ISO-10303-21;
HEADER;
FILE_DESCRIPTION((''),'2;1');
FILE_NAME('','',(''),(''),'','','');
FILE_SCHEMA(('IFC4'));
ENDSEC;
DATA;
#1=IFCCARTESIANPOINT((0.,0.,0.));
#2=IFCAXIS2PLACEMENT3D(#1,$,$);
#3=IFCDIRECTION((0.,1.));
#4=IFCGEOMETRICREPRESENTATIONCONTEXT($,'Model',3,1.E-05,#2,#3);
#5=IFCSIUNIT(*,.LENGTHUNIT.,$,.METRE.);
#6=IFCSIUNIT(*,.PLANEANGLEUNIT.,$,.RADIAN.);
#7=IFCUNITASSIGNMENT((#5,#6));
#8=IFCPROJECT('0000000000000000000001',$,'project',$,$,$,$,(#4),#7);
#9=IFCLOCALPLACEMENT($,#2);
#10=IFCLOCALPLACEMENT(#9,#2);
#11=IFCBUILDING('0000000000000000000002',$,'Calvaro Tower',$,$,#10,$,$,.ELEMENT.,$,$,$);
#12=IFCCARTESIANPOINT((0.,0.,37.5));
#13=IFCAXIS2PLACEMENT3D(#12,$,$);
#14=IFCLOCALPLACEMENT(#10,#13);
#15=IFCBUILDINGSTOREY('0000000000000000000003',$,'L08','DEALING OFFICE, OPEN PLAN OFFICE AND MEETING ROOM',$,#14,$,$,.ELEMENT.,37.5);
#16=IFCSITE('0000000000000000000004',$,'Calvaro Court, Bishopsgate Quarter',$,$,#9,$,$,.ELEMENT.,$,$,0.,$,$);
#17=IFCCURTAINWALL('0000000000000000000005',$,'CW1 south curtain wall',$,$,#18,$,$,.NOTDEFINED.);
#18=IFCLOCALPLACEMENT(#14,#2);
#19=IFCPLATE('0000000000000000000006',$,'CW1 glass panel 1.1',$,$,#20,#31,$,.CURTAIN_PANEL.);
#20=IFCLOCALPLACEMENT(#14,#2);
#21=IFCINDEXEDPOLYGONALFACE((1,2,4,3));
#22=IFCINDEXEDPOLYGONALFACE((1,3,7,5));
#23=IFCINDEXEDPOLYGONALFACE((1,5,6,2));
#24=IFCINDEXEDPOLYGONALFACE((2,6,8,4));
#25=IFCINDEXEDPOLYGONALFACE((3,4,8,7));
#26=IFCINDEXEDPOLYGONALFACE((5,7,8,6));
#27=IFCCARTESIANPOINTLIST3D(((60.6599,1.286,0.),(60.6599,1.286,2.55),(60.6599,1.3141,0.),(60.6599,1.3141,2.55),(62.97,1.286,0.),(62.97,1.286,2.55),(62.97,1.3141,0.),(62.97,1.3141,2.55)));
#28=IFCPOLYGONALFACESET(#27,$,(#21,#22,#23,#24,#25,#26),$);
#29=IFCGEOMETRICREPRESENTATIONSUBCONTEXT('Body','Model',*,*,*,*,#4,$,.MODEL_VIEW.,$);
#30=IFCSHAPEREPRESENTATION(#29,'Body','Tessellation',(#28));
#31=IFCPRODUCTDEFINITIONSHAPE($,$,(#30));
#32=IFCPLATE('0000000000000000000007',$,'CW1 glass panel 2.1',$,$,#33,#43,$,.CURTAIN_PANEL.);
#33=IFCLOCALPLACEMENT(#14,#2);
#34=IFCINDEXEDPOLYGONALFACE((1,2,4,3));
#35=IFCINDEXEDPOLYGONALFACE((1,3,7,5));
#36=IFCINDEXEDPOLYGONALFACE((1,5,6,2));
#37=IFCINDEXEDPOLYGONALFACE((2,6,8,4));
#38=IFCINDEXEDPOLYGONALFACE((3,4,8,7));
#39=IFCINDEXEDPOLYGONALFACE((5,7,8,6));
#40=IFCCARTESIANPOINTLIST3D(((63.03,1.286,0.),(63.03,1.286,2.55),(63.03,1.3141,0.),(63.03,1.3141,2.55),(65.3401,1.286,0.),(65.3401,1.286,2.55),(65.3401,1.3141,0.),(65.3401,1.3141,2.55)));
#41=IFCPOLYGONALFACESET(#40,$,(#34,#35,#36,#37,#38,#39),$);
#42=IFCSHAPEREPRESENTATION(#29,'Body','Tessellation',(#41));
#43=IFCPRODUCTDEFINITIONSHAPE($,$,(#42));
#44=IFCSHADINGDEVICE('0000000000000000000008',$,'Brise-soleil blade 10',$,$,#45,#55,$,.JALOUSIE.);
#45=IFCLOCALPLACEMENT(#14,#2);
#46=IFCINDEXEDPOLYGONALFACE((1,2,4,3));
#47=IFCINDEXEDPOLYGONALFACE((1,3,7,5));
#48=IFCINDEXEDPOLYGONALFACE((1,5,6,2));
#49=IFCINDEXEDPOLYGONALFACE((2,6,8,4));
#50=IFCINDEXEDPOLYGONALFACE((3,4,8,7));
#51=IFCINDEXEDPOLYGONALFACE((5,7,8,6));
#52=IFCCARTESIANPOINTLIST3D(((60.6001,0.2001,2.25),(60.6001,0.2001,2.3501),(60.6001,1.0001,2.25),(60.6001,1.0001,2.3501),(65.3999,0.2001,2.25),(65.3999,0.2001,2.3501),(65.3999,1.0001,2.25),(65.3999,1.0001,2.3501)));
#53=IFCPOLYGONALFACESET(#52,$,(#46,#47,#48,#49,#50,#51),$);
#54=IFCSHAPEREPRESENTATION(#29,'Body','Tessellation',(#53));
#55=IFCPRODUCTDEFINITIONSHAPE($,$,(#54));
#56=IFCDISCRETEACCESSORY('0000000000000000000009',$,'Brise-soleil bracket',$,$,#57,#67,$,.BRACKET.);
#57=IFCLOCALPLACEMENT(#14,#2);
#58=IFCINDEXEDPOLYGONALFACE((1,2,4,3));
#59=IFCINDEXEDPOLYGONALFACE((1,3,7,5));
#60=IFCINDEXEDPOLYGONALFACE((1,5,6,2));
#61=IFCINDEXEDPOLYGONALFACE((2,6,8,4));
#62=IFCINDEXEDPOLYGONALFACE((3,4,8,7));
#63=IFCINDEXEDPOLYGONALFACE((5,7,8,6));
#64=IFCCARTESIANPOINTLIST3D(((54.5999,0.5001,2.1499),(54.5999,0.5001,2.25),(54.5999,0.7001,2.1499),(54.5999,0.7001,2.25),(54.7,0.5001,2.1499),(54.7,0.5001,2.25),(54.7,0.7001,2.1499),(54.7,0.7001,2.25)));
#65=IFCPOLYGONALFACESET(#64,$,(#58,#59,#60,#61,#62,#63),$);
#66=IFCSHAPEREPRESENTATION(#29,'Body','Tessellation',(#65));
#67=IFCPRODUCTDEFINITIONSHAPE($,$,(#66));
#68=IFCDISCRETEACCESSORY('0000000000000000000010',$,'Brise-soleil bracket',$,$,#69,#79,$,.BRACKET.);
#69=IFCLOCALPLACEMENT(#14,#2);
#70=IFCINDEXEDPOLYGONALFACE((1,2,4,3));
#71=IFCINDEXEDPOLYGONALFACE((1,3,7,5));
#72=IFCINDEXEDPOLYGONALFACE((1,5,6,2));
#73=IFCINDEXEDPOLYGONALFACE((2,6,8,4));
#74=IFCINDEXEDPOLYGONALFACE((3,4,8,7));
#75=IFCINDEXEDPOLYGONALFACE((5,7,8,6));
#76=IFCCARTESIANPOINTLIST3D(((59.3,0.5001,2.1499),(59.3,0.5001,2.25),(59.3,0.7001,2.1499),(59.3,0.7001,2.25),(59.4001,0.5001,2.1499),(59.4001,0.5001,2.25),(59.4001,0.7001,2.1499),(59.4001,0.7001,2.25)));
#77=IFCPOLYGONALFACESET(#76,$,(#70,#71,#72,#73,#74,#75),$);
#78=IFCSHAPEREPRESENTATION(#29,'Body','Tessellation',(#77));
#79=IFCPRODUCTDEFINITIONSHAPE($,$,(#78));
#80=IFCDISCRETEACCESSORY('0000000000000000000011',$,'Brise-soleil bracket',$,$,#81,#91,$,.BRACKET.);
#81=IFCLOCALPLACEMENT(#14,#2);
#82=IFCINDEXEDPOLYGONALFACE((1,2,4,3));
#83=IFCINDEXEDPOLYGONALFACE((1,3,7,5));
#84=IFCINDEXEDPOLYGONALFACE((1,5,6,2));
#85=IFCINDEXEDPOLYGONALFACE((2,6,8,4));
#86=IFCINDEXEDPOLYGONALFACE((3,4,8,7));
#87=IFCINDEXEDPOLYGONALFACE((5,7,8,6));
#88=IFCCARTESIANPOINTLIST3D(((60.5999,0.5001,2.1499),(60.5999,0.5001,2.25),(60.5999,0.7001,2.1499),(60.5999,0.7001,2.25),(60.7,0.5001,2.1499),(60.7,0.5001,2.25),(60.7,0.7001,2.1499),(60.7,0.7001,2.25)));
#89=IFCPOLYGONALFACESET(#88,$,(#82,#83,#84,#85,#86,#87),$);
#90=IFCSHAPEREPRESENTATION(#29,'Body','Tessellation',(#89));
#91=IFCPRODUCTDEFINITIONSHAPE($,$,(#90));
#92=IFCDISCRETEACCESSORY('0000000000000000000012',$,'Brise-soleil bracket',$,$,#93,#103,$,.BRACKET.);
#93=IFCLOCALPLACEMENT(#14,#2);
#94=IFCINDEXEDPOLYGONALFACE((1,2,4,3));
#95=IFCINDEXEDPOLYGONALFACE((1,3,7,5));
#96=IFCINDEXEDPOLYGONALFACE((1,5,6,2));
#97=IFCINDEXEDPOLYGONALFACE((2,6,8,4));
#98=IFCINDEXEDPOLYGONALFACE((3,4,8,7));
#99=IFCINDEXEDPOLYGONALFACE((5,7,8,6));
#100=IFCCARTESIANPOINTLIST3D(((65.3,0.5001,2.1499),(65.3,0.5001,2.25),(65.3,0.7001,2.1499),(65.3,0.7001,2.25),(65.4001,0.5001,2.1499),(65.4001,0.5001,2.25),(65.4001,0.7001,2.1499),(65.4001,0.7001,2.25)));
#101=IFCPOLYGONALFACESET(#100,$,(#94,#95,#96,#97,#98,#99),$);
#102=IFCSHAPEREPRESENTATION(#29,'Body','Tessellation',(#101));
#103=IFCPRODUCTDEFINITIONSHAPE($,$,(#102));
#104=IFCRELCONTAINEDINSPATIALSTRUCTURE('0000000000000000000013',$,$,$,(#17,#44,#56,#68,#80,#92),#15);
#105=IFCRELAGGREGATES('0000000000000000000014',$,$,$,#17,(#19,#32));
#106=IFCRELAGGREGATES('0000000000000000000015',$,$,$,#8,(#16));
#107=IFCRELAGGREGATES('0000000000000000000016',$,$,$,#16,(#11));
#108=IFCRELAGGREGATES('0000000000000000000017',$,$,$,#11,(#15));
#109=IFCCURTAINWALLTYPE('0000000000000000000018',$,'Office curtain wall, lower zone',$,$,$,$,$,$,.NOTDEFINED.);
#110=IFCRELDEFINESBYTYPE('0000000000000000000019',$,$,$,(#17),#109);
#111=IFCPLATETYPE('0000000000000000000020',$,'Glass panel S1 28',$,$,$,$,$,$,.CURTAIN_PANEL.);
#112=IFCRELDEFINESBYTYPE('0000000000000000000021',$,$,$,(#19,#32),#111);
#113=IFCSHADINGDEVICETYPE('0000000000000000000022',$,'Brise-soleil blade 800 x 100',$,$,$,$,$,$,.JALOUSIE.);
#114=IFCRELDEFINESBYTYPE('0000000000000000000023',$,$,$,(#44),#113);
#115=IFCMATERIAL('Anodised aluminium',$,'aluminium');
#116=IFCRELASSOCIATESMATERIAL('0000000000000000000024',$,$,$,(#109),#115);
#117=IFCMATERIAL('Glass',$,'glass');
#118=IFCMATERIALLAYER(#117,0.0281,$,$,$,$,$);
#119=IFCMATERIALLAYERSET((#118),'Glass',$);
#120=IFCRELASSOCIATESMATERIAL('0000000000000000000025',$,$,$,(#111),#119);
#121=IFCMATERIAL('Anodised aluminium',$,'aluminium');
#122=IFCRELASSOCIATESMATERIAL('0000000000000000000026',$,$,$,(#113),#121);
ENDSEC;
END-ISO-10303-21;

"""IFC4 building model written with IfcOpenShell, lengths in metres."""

from ifc_helpers import new_model, si_unit, direction, frame, origin, origin_2d, place, context, subcontext, project, spatial, rectangle, extrude, material, layer, layer_set, material_profile, profile_set, type_object, element, aggregate, save


model = new_model("IFC4")

# Units and contexts
model_context = context("Model", 3, precision=1e-05, world=origin(), true_north=direction((0.0, 1.0)))
body_context = subcontext(model_context, "Body", "Model", "MODEL_VIEW")
ifc_project = project(units=[si_unit("LENGTHUNIT", "METRE"), si_unit("PLANEANGLEUNIT", "RADIAN")], contexts=[model_context])

# Site, building, storey
site_placement = place(None, origin())
site = spatial("IfcSite", under=ifc_project, at=site_placement, Name="Calvaro Court, Bishopsgate Quarter", CompositionType="ELEMENT", RefElevation=0.0)
building_placement = place(site_placement, origin())
building = spatial("IfcBuilding", under=site, at=building_placement, Name="Calvaro Tower", CompositionType="ELEMENT")
storey_placement = place(building_placement, frame((0.0, 0.0, 37.5)))
storey = spatial("IfcBuildingStorey", under=building, at=storey_placement, Name="L08", Description="DEALING OFFICE, OPEN PLAN OFFICE AND MEETING ROOM", CompositionType="ELEMENT", Elevation=37.5)

# Curtain wall
ifc_material_1 = material(Name="Anodised aluminium", Category="aluminium")
curtain_wall_type = type_object("IfcCurtainWallType", Name="Office curtain wall, lower zone", PredefinedType="NOTDEFINED", material=ifc_material_1)
curtain_wall_1_placement = place(storey_placement, origin())
curtain_wall_1 = element("IfcCurtainWall", 1, at=curtain_wall_1_placement, inside=storey, type_object=curtain_wall_type, Name="CW1 south curtain wall", PredefinedType="NOTDEFINED")

# Plates
ifc_material_2 = material(Name="Glass", Category="glass")
ifc_layer = layer(ifc_material_2, 0.0281)
ifc_layer_set = layer_set([ifc_layer], Name="Glass")
plate_type = type_object("IfcPlateType", Name="Glass panel S1 28", PredefinedType="CURTAIN_PANEL", material=ifc_layer_set)
plate_1_placement = place(storey_placement, frame((61.8149, 1.3, 0.0), z_axis=(0.0, 0.0, 1.0), x_axis=(1.0, 0.0, 0.0)))
plate_1 = element("IfcPlate", 2, at=plate_1_placement, type_object=plate_type, Name="CW1 glass panel 1.1", PredefinedType="CURTAIN_PANEL", context=body_context, shape_type="SweptSolid", body=[
    extrude(rectangle(XDim=2.3101, YDim=0.0281, at=origin_2d()), origin(), (0.0, 0.0, 1.0), 2.55),
])
plate_2_placement = place(storey_placement, frame((64.1851, 1.3, 0.0), z_axis=(0.0, 0.0, 1.0), x_axis=(1.0, 0.0, 0.0)))
plate_2 = element("IfcPlate", 3, at=plate_2_placement, type_object=plate_type, Name="CW1 glass panel 2.1", PredefinedType="CURTAIN_PANEL", context=body_context, shape_type="SweptSolid", body=[
    extrude(rectangle(XDim=2.3101, YDim=0.0281, at=origin_2d()), origin(), (0.0, 0.0, 1.0), 2.55),
])
aggregate(curtain_wall_1, [plate_1, plate_2])

# Shading device
ifc_material_3 = material(Name="Anodised aluminium", Category="aluminium")
ifc_material_profile_1 = material_profile(ifc_material_3, rectangle(XDim=0.8, YDim=0.1001, at=origin_2d()), Name="Brise-soleil blade 800 x 100")
ifc_profile_set_1 = profile_set([ifc_material_profile_1], Name="Anodised aluminium")
shading_device_type = type_object("IfcShadingDeviceType", Name="Brise-soleil blade 800 x 100", PredefinedType="JALOUSIE", material=ifc_profile_set_1)
shading_device_placement = place(storey_placement, frame((60.6001, 0.6001, 2.3), z_axis=(1.0, 0.0, 0.0), x_axis=(0.0, 1.0, 0.0)))
element("IfcShadingDevice", 4, at=shading_device_placement, inside=storey, type_object=shading_device_type, Name="Brise-soleil blade 10", PredefinedType="JALOUSIE", context=body_context, shape_type="SweptSolid", body=[
    extrude(rectangle(XDim=0.8, YDim=0.1001, at=origin_2d()), origin(), (0.0, 0.0, 1.0), 4.7998),
])

# Discrete accessories
for number, where, z_axis, x_axis, name in (
    (5, (54.6499, 0.6001, 2.1499), (0.0, 0.0, 1.0), (1.0, 0.0, 0.0), "Brise-soleil bracket"),
    (6, (59.3501, 0.6001, 2.1499), (0.0, 0.0, 1.0), (1.0, 0.0, 0.0), "Brise-soleil bracket"),
    (7, (60.6499, 0.6001, 2.1499), (0.0, 0.0, 1.0), (1.0, 0.0, 0.0), "Brise-soleil bracket"),
    (8, (65.3501, 0.6001, 2.1499), (0.0, 0.0, 1.0), (1.0, 0.0, 0.0), "Brise-soleil bracket"),
):
    element("IfcDiscreteAccessory", number, at=place(storey_placement, frame(where, z_axis=z_axis, x_axis=x_axis)), inside=storey, Name=name, PredefinedType="BRACKET", context=body_context, shape_type="SweptSolid", body=[
        extrude(rectangle(XDim=0.1001, YDim=0.2, at=origin_2d()), origin(), (0.0, 0.0, 1.0), 0.1001),
    ])

save(model, "model.ifc")
